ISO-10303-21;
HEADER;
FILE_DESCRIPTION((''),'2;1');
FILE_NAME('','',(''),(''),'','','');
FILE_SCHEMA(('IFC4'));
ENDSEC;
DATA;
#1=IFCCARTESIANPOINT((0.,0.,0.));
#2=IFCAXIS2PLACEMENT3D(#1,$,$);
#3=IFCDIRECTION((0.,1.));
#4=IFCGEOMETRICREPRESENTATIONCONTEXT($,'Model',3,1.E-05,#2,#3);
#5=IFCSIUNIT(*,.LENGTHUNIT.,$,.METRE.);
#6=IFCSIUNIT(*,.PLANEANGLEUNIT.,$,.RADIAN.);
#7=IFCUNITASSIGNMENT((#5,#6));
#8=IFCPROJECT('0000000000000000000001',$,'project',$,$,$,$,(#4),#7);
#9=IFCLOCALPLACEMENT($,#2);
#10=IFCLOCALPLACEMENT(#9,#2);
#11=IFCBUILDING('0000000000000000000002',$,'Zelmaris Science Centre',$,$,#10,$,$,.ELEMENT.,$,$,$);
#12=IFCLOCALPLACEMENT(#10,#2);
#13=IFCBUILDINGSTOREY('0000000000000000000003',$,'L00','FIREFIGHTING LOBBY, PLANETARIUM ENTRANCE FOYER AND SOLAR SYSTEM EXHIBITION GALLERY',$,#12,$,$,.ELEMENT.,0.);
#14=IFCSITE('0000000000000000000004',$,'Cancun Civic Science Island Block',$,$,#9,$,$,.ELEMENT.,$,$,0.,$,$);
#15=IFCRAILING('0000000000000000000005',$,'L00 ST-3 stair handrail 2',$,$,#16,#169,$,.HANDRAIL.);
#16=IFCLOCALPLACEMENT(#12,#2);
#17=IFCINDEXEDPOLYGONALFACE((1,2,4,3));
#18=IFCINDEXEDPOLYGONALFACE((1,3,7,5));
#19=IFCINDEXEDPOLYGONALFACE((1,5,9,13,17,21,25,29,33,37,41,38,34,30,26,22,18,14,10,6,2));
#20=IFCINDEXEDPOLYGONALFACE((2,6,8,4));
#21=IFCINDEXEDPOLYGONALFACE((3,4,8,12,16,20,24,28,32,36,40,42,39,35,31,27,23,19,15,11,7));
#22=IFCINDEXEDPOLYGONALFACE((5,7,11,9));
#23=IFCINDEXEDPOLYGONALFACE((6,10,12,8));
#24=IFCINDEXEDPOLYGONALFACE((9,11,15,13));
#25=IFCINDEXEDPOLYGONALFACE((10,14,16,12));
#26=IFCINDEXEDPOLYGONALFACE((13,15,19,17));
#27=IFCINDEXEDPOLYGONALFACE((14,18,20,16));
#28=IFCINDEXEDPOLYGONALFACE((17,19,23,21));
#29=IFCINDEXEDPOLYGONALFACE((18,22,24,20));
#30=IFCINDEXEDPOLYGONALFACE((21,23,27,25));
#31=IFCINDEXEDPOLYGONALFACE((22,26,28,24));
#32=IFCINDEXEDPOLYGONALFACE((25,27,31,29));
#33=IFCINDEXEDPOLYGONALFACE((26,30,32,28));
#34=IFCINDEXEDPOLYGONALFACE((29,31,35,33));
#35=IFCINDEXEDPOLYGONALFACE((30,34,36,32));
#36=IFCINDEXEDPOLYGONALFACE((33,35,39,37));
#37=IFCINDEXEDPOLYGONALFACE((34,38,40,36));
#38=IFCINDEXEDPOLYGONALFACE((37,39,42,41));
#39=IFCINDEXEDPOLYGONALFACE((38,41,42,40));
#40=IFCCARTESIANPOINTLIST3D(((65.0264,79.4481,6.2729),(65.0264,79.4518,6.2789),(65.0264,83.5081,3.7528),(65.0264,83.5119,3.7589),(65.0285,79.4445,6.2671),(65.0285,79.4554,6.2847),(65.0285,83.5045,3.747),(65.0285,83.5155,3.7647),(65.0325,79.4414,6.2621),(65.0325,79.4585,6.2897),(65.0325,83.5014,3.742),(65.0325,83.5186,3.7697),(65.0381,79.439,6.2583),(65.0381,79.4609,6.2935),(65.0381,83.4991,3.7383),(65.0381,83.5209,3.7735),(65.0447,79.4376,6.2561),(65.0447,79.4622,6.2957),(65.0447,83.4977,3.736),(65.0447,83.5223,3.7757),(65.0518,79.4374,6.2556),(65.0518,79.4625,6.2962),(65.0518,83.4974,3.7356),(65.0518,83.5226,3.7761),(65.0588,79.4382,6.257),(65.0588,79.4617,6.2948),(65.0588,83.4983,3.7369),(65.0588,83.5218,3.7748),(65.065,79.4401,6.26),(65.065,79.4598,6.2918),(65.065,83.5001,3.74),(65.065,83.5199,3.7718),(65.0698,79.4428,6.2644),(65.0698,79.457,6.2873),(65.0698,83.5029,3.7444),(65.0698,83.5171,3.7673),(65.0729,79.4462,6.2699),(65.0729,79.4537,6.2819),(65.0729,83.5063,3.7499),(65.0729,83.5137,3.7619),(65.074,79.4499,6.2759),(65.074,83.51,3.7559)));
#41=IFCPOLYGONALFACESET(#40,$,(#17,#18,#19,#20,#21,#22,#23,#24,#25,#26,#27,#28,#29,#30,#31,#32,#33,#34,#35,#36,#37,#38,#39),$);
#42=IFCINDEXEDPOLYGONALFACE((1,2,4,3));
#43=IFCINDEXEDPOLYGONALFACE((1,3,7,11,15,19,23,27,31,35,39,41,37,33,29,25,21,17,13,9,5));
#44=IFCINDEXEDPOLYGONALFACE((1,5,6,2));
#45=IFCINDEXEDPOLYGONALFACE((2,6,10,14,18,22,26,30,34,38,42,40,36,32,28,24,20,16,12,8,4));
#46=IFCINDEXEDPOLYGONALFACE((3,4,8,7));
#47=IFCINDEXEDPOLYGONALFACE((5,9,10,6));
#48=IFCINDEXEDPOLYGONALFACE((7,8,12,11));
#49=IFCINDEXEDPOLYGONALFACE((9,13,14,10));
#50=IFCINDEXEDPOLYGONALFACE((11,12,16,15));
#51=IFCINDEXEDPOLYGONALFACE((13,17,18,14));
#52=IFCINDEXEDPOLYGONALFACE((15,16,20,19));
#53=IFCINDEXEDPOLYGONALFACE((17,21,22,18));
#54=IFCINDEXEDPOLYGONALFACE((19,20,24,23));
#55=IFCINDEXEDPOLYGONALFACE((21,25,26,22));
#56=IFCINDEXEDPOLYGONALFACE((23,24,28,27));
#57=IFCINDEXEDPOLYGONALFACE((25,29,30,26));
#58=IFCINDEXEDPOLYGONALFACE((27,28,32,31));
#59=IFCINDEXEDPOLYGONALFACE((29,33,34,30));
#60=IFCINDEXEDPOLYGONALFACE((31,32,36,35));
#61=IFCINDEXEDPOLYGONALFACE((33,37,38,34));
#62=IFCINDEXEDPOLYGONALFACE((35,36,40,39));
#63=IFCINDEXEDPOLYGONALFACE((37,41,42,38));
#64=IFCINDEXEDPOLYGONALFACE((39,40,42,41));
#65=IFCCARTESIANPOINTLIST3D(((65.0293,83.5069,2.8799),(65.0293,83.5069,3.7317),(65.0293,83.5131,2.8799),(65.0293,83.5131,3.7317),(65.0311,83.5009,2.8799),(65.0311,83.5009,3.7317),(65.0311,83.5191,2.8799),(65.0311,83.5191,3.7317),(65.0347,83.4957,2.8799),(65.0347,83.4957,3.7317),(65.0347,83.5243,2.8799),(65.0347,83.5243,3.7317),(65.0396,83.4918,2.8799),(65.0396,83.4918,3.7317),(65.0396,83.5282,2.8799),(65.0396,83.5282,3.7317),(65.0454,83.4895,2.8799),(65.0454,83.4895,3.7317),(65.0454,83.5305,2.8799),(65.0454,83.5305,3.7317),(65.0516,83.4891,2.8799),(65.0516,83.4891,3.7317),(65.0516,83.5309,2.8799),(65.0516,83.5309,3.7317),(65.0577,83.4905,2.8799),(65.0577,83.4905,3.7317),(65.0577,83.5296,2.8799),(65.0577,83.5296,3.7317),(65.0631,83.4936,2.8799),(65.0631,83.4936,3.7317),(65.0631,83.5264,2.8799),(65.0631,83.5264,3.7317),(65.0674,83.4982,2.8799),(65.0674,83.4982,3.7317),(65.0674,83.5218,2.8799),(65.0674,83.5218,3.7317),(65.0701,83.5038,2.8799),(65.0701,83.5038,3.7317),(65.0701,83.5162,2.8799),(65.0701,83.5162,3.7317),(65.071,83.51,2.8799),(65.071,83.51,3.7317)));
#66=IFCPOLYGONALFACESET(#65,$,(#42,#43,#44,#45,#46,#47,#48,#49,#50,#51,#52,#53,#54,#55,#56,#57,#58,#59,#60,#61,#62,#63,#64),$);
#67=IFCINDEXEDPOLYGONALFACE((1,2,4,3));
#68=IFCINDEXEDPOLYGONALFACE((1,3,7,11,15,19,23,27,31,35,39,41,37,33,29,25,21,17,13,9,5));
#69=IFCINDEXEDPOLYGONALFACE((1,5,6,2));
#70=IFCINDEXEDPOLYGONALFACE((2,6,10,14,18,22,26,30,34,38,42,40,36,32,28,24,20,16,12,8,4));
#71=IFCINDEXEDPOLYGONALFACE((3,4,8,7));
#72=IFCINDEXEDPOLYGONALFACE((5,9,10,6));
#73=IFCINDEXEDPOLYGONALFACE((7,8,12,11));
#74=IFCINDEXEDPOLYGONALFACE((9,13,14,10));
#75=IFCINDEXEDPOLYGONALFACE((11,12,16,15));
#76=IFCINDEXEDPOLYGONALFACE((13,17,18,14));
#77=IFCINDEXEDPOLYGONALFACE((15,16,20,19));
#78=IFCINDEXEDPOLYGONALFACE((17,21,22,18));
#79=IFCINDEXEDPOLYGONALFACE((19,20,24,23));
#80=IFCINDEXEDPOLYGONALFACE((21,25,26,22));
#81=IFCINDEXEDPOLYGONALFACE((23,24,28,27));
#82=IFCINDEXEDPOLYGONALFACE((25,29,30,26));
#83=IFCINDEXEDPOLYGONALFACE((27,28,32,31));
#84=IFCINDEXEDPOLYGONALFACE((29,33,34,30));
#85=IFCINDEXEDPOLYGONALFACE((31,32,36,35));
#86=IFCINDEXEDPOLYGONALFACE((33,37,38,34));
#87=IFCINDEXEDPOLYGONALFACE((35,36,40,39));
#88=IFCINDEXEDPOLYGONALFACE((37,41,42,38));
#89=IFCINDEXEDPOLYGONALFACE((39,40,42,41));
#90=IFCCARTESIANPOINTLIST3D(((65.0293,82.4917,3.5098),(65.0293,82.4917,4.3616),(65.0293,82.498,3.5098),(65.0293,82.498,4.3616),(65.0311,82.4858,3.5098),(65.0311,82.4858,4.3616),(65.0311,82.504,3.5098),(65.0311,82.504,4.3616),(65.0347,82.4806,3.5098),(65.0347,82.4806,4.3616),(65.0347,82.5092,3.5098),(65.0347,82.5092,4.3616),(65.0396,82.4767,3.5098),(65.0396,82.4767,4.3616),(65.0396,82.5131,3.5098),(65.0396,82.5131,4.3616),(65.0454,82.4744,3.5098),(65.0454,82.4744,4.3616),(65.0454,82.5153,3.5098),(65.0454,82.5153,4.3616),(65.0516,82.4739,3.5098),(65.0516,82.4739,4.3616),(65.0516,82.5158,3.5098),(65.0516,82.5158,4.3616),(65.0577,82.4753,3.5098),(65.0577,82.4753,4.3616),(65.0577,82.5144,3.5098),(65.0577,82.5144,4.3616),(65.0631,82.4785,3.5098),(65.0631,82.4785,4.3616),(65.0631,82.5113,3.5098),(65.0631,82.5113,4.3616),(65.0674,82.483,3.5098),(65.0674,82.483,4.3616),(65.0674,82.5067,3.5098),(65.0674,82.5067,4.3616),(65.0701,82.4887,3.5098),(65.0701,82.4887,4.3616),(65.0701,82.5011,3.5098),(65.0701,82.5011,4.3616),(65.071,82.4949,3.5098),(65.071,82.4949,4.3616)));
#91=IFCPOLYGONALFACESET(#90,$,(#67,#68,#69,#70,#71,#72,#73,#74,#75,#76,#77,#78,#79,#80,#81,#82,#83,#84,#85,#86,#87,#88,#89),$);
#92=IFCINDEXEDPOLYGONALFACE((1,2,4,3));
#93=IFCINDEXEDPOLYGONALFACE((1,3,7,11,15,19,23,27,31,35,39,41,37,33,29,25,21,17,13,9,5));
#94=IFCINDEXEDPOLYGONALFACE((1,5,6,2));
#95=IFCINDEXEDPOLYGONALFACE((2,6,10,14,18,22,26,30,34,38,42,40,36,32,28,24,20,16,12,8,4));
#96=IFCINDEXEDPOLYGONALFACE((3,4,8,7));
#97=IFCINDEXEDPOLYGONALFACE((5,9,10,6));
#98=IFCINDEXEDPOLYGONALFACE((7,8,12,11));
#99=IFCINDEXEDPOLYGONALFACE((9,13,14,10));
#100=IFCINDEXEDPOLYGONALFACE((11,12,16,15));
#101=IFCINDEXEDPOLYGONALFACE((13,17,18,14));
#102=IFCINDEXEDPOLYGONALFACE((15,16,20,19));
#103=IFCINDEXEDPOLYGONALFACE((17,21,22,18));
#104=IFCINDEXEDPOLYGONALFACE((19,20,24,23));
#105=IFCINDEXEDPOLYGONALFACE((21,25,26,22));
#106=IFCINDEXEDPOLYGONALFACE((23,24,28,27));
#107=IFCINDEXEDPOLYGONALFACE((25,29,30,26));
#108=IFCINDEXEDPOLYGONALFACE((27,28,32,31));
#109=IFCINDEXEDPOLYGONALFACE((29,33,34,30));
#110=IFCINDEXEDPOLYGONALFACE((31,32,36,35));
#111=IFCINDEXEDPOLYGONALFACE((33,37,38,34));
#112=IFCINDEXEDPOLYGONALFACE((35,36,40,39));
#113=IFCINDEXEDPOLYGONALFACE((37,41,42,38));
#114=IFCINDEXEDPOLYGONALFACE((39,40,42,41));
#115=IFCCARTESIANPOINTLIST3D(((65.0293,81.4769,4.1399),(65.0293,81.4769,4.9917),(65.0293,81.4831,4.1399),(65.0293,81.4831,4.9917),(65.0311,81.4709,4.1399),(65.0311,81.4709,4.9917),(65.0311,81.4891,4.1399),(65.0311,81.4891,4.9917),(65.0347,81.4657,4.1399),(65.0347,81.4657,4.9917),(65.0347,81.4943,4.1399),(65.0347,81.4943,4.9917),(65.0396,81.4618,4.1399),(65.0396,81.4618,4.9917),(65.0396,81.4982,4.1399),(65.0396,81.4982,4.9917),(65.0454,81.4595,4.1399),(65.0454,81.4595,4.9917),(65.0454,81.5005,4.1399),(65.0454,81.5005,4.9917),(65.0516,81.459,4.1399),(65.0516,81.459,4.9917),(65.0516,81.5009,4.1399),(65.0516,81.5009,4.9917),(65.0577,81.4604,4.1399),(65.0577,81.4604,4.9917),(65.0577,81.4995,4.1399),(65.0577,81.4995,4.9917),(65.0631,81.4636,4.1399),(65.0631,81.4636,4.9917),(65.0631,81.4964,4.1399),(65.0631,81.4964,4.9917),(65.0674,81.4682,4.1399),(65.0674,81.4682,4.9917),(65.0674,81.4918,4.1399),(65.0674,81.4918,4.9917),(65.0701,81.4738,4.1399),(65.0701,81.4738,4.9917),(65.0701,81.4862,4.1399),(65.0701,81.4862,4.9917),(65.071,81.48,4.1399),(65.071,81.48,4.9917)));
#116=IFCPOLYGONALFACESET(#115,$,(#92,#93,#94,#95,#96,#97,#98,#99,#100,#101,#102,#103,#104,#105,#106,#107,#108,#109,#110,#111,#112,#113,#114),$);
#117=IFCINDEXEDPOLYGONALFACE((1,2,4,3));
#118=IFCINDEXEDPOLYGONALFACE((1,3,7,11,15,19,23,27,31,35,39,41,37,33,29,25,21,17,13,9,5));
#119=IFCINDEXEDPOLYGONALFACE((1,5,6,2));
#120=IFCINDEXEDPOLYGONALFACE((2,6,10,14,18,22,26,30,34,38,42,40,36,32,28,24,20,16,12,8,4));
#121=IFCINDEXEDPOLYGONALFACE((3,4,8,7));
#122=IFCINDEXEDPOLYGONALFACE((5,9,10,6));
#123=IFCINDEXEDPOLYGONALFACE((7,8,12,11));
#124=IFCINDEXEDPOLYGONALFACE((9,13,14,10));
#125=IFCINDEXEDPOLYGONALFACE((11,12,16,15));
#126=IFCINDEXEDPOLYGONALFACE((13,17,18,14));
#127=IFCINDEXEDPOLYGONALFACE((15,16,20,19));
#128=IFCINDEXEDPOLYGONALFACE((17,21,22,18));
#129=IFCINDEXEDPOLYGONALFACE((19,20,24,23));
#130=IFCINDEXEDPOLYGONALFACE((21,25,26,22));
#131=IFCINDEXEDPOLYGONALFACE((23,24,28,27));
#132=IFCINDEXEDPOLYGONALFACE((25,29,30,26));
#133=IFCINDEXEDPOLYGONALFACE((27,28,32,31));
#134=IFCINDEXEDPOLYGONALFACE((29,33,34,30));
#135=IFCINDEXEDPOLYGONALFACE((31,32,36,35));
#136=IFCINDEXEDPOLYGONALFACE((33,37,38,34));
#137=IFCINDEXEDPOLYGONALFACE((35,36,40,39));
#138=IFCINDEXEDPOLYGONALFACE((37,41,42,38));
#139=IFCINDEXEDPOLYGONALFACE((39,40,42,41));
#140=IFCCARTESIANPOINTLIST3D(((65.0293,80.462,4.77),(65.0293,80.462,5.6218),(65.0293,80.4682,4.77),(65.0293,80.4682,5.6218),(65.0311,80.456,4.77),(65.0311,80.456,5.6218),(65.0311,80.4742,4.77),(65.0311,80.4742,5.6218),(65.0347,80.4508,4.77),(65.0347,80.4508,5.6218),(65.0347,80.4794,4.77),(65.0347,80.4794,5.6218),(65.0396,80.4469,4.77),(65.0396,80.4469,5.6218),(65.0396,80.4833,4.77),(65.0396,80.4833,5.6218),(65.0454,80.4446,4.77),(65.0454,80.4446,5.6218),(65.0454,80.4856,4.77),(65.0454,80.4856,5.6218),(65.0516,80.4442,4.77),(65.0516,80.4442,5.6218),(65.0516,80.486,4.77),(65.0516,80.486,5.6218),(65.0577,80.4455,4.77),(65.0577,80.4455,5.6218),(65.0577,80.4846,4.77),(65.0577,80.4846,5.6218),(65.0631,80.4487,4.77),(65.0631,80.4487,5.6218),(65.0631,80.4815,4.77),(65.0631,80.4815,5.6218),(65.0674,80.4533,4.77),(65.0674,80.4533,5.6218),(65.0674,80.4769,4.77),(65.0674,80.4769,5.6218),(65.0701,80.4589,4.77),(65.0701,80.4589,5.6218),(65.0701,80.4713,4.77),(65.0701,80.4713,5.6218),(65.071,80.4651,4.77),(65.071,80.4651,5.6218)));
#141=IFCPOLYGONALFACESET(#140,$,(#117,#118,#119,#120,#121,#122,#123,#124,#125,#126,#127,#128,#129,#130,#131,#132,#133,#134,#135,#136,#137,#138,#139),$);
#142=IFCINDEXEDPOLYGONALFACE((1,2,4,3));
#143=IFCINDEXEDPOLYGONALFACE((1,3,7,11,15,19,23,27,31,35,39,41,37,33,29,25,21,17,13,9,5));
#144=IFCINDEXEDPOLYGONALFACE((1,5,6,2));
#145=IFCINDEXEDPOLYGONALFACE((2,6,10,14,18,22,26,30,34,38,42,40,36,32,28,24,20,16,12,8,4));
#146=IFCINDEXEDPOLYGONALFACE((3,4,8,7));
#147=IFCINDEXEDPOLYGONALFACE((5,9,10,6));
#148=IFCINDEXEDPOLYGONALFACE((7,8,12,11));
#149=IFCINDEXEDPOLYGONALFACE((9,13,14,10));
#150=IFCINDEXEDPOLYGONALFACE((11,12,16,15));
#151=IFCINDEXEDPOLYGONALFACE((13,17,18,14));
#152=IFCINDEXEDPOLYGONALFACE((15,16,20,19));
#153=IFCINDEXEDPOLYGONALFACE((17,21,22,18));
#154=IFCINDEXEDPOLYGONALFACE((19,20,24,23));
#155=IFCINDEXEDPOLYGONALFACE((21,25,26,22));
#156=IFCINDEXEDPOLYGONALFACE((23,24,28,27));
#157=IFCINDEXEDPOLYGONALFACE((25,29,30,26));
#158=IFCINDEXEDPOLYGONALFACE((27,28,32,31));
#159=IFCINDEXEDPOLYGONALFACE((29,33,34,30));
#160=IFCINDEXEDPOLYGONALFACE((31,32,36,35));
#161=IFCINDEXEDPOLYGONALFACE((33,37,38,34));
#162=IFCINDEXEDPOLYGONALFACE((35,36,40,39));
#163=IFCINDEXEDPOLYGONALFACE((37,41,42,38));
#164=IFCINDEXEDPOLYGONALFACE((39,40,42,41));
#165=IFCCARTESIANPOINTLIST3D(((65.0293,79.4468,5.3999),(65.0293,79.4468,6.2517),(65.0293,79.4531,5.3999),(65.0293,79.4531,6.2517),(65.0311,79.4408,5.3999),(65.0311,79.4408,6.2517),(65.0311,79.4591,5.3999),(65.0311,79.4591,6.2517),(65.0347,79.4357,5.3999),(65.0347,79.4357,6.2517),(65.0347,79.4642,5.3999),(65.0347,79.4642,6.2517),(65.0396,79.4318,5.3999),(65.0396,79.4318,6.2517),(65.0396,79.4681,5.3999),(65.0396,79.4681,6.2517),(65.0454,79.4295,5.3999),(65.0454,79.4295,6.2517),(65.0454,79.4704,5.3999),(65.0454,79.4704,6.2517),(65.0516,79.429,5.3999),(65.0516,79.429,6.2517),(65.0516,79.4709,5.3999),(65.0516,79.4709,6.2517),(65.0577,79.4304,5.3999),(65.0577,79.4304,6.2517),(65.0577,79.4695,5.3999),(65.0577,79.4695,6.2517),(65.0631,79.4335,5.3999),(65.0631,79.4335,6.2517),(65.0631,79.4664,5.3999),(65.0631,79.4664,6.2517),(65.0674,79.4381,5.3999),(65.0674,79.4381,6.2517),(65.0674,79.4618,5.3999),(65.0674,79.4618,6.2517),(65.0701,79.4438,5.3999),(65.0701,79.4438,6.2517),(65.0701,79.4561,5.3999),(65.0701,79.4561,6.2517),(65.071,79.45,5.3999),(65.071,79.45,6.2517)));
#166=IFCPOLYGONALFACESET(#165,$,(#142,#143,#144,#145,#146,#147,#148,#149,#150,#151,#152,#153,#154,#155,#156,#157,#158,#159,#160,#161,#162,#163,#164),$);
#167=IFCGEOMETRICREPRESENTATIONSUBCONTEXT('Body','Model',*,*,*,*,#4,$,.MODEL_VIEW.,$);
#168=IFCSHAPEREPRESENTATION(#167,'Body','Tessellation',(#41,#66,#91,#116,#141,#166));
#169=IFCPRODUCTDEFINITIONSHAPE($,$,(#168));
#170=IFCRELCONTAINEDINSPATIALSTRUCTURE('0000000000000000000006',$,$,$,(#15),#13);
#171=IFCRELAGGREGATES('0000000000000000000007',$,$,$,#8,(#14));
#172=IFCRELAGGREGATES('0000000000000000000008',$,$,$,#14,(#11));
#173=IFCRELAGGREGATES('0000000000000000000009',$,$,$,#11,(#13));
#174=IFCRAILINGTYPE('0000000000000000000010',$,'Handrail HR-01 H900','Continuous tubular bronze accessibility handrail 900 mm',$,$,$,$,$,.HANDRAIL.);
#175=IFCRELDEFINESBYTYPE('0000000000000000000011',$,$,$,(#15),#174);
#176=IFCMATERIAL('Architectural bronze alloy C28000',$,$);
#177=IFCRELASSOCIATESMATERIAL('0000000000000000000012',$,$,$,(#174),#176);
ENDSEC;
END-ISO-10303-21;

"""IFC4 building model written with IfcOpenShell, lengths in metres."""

from ifc_helpers import new_model, si_unit, direction, frame, origin, origin_2d, place, context, subcontext, project, spatial, circle, extrude, material, type_object, element, save


model = new_model("IFC4")

# Units and contexts
model_context = context("Model", 3, precision=1e-05, world=origin(), true_north=direction((0.0, 1.0)))
body_context = subcontext(model_context, "Body", "Model", "MODEL_VIEW")
ifc_project = project(units=[si_unit("LENGTHUNIT", "METRE"), si_unit("PLANEANGLEUNIT", "RADIAN")], contexts=[model_context])

# Site, building, storey
site_placement = place(None, origin())
site = spatial("IfcSite", under=ifc_project, at=site_placement, Name="Cancun Civic Science Island Block", CompositionType="ELEMENT", RefElevation=0.0)
building_placement = place(site_placement, origin())
building = spatial("IfcBuilding", under=site, at=building_placement, Name="Zelmaris Science Centre", CompositionType="ELEMENT")
storey_placement = place(building_placement, origin())
storey = spatial("IfcBuildingStorey", under=building, at=storey_placement, Name="L00", Description="FIREFIGHTING LOBBY, PLANETARIUM ENTRANCE FOYER AND SOLAR SYSTEM EXHIBITION GALLERY", CompositionType="ELEMENT", Elevation=0.0)

# Shared definitions
ifc_material_1 = material(Name="Architectural bronze alloy C28000")

# Railing
railing_type_1 = type_object("IfcRailingType", Name="Handrail HR-01 H900", Description="Continuous tubular bronze accessibility handrail 900 mm", PredefinedType="HANDRAIL", material=ifc_material_1)
railing_1_placement = place(storey_placement, frame((65.05, 83.51, 2.8799)))
element("IfcRailing", 1, at=railing_1_placement, inside=storey, type_object=railing_type_1, Name="L00 ST-3 stair handrail 2", PredefinedType="HANDRAIL", context=body_context, shape_type="SweptSolid", body=[
    extrude(circle(Radius=0.0239, at=origin_2d()), frame((0.0, 0.0, 0.876), z_axis=(0.0, -0.849642, 0.52736), x_axis=(1.0, 0.0, 0.0)), (0.0, 0.0, 1.0), 4.7786),
    extrude(circle(Radius=0.021, at=origin_2d()), origin(), (0.0, 0.0, 1.0), 0.8518),
    extrude(circle(Radius=0.021, at=origin_2d()), frame((0.0, -1.0151, 0.6299)), (0.0, 0.0, 1.0), 0.8518),
    extrude(circle(Radius=0.021, at=origin_2d()), frame((0.0, -2.03, 1.26)), (0.0, 0.0, 1.0), 0.8518),
    extrude(circle(Radius=0.021, at=origin_2d()), frame((0.0, -3.0449, 1.8901)), (0.0, 0.0, 1.0), 0.8518),
    extrude(circle(Radius=0.021, at=origin_2d()), frame((0.0, -4.0601, 2.52)), (0.0, 0.0, 1.0), 0.8518),
])

save(model, "model.ifc")
